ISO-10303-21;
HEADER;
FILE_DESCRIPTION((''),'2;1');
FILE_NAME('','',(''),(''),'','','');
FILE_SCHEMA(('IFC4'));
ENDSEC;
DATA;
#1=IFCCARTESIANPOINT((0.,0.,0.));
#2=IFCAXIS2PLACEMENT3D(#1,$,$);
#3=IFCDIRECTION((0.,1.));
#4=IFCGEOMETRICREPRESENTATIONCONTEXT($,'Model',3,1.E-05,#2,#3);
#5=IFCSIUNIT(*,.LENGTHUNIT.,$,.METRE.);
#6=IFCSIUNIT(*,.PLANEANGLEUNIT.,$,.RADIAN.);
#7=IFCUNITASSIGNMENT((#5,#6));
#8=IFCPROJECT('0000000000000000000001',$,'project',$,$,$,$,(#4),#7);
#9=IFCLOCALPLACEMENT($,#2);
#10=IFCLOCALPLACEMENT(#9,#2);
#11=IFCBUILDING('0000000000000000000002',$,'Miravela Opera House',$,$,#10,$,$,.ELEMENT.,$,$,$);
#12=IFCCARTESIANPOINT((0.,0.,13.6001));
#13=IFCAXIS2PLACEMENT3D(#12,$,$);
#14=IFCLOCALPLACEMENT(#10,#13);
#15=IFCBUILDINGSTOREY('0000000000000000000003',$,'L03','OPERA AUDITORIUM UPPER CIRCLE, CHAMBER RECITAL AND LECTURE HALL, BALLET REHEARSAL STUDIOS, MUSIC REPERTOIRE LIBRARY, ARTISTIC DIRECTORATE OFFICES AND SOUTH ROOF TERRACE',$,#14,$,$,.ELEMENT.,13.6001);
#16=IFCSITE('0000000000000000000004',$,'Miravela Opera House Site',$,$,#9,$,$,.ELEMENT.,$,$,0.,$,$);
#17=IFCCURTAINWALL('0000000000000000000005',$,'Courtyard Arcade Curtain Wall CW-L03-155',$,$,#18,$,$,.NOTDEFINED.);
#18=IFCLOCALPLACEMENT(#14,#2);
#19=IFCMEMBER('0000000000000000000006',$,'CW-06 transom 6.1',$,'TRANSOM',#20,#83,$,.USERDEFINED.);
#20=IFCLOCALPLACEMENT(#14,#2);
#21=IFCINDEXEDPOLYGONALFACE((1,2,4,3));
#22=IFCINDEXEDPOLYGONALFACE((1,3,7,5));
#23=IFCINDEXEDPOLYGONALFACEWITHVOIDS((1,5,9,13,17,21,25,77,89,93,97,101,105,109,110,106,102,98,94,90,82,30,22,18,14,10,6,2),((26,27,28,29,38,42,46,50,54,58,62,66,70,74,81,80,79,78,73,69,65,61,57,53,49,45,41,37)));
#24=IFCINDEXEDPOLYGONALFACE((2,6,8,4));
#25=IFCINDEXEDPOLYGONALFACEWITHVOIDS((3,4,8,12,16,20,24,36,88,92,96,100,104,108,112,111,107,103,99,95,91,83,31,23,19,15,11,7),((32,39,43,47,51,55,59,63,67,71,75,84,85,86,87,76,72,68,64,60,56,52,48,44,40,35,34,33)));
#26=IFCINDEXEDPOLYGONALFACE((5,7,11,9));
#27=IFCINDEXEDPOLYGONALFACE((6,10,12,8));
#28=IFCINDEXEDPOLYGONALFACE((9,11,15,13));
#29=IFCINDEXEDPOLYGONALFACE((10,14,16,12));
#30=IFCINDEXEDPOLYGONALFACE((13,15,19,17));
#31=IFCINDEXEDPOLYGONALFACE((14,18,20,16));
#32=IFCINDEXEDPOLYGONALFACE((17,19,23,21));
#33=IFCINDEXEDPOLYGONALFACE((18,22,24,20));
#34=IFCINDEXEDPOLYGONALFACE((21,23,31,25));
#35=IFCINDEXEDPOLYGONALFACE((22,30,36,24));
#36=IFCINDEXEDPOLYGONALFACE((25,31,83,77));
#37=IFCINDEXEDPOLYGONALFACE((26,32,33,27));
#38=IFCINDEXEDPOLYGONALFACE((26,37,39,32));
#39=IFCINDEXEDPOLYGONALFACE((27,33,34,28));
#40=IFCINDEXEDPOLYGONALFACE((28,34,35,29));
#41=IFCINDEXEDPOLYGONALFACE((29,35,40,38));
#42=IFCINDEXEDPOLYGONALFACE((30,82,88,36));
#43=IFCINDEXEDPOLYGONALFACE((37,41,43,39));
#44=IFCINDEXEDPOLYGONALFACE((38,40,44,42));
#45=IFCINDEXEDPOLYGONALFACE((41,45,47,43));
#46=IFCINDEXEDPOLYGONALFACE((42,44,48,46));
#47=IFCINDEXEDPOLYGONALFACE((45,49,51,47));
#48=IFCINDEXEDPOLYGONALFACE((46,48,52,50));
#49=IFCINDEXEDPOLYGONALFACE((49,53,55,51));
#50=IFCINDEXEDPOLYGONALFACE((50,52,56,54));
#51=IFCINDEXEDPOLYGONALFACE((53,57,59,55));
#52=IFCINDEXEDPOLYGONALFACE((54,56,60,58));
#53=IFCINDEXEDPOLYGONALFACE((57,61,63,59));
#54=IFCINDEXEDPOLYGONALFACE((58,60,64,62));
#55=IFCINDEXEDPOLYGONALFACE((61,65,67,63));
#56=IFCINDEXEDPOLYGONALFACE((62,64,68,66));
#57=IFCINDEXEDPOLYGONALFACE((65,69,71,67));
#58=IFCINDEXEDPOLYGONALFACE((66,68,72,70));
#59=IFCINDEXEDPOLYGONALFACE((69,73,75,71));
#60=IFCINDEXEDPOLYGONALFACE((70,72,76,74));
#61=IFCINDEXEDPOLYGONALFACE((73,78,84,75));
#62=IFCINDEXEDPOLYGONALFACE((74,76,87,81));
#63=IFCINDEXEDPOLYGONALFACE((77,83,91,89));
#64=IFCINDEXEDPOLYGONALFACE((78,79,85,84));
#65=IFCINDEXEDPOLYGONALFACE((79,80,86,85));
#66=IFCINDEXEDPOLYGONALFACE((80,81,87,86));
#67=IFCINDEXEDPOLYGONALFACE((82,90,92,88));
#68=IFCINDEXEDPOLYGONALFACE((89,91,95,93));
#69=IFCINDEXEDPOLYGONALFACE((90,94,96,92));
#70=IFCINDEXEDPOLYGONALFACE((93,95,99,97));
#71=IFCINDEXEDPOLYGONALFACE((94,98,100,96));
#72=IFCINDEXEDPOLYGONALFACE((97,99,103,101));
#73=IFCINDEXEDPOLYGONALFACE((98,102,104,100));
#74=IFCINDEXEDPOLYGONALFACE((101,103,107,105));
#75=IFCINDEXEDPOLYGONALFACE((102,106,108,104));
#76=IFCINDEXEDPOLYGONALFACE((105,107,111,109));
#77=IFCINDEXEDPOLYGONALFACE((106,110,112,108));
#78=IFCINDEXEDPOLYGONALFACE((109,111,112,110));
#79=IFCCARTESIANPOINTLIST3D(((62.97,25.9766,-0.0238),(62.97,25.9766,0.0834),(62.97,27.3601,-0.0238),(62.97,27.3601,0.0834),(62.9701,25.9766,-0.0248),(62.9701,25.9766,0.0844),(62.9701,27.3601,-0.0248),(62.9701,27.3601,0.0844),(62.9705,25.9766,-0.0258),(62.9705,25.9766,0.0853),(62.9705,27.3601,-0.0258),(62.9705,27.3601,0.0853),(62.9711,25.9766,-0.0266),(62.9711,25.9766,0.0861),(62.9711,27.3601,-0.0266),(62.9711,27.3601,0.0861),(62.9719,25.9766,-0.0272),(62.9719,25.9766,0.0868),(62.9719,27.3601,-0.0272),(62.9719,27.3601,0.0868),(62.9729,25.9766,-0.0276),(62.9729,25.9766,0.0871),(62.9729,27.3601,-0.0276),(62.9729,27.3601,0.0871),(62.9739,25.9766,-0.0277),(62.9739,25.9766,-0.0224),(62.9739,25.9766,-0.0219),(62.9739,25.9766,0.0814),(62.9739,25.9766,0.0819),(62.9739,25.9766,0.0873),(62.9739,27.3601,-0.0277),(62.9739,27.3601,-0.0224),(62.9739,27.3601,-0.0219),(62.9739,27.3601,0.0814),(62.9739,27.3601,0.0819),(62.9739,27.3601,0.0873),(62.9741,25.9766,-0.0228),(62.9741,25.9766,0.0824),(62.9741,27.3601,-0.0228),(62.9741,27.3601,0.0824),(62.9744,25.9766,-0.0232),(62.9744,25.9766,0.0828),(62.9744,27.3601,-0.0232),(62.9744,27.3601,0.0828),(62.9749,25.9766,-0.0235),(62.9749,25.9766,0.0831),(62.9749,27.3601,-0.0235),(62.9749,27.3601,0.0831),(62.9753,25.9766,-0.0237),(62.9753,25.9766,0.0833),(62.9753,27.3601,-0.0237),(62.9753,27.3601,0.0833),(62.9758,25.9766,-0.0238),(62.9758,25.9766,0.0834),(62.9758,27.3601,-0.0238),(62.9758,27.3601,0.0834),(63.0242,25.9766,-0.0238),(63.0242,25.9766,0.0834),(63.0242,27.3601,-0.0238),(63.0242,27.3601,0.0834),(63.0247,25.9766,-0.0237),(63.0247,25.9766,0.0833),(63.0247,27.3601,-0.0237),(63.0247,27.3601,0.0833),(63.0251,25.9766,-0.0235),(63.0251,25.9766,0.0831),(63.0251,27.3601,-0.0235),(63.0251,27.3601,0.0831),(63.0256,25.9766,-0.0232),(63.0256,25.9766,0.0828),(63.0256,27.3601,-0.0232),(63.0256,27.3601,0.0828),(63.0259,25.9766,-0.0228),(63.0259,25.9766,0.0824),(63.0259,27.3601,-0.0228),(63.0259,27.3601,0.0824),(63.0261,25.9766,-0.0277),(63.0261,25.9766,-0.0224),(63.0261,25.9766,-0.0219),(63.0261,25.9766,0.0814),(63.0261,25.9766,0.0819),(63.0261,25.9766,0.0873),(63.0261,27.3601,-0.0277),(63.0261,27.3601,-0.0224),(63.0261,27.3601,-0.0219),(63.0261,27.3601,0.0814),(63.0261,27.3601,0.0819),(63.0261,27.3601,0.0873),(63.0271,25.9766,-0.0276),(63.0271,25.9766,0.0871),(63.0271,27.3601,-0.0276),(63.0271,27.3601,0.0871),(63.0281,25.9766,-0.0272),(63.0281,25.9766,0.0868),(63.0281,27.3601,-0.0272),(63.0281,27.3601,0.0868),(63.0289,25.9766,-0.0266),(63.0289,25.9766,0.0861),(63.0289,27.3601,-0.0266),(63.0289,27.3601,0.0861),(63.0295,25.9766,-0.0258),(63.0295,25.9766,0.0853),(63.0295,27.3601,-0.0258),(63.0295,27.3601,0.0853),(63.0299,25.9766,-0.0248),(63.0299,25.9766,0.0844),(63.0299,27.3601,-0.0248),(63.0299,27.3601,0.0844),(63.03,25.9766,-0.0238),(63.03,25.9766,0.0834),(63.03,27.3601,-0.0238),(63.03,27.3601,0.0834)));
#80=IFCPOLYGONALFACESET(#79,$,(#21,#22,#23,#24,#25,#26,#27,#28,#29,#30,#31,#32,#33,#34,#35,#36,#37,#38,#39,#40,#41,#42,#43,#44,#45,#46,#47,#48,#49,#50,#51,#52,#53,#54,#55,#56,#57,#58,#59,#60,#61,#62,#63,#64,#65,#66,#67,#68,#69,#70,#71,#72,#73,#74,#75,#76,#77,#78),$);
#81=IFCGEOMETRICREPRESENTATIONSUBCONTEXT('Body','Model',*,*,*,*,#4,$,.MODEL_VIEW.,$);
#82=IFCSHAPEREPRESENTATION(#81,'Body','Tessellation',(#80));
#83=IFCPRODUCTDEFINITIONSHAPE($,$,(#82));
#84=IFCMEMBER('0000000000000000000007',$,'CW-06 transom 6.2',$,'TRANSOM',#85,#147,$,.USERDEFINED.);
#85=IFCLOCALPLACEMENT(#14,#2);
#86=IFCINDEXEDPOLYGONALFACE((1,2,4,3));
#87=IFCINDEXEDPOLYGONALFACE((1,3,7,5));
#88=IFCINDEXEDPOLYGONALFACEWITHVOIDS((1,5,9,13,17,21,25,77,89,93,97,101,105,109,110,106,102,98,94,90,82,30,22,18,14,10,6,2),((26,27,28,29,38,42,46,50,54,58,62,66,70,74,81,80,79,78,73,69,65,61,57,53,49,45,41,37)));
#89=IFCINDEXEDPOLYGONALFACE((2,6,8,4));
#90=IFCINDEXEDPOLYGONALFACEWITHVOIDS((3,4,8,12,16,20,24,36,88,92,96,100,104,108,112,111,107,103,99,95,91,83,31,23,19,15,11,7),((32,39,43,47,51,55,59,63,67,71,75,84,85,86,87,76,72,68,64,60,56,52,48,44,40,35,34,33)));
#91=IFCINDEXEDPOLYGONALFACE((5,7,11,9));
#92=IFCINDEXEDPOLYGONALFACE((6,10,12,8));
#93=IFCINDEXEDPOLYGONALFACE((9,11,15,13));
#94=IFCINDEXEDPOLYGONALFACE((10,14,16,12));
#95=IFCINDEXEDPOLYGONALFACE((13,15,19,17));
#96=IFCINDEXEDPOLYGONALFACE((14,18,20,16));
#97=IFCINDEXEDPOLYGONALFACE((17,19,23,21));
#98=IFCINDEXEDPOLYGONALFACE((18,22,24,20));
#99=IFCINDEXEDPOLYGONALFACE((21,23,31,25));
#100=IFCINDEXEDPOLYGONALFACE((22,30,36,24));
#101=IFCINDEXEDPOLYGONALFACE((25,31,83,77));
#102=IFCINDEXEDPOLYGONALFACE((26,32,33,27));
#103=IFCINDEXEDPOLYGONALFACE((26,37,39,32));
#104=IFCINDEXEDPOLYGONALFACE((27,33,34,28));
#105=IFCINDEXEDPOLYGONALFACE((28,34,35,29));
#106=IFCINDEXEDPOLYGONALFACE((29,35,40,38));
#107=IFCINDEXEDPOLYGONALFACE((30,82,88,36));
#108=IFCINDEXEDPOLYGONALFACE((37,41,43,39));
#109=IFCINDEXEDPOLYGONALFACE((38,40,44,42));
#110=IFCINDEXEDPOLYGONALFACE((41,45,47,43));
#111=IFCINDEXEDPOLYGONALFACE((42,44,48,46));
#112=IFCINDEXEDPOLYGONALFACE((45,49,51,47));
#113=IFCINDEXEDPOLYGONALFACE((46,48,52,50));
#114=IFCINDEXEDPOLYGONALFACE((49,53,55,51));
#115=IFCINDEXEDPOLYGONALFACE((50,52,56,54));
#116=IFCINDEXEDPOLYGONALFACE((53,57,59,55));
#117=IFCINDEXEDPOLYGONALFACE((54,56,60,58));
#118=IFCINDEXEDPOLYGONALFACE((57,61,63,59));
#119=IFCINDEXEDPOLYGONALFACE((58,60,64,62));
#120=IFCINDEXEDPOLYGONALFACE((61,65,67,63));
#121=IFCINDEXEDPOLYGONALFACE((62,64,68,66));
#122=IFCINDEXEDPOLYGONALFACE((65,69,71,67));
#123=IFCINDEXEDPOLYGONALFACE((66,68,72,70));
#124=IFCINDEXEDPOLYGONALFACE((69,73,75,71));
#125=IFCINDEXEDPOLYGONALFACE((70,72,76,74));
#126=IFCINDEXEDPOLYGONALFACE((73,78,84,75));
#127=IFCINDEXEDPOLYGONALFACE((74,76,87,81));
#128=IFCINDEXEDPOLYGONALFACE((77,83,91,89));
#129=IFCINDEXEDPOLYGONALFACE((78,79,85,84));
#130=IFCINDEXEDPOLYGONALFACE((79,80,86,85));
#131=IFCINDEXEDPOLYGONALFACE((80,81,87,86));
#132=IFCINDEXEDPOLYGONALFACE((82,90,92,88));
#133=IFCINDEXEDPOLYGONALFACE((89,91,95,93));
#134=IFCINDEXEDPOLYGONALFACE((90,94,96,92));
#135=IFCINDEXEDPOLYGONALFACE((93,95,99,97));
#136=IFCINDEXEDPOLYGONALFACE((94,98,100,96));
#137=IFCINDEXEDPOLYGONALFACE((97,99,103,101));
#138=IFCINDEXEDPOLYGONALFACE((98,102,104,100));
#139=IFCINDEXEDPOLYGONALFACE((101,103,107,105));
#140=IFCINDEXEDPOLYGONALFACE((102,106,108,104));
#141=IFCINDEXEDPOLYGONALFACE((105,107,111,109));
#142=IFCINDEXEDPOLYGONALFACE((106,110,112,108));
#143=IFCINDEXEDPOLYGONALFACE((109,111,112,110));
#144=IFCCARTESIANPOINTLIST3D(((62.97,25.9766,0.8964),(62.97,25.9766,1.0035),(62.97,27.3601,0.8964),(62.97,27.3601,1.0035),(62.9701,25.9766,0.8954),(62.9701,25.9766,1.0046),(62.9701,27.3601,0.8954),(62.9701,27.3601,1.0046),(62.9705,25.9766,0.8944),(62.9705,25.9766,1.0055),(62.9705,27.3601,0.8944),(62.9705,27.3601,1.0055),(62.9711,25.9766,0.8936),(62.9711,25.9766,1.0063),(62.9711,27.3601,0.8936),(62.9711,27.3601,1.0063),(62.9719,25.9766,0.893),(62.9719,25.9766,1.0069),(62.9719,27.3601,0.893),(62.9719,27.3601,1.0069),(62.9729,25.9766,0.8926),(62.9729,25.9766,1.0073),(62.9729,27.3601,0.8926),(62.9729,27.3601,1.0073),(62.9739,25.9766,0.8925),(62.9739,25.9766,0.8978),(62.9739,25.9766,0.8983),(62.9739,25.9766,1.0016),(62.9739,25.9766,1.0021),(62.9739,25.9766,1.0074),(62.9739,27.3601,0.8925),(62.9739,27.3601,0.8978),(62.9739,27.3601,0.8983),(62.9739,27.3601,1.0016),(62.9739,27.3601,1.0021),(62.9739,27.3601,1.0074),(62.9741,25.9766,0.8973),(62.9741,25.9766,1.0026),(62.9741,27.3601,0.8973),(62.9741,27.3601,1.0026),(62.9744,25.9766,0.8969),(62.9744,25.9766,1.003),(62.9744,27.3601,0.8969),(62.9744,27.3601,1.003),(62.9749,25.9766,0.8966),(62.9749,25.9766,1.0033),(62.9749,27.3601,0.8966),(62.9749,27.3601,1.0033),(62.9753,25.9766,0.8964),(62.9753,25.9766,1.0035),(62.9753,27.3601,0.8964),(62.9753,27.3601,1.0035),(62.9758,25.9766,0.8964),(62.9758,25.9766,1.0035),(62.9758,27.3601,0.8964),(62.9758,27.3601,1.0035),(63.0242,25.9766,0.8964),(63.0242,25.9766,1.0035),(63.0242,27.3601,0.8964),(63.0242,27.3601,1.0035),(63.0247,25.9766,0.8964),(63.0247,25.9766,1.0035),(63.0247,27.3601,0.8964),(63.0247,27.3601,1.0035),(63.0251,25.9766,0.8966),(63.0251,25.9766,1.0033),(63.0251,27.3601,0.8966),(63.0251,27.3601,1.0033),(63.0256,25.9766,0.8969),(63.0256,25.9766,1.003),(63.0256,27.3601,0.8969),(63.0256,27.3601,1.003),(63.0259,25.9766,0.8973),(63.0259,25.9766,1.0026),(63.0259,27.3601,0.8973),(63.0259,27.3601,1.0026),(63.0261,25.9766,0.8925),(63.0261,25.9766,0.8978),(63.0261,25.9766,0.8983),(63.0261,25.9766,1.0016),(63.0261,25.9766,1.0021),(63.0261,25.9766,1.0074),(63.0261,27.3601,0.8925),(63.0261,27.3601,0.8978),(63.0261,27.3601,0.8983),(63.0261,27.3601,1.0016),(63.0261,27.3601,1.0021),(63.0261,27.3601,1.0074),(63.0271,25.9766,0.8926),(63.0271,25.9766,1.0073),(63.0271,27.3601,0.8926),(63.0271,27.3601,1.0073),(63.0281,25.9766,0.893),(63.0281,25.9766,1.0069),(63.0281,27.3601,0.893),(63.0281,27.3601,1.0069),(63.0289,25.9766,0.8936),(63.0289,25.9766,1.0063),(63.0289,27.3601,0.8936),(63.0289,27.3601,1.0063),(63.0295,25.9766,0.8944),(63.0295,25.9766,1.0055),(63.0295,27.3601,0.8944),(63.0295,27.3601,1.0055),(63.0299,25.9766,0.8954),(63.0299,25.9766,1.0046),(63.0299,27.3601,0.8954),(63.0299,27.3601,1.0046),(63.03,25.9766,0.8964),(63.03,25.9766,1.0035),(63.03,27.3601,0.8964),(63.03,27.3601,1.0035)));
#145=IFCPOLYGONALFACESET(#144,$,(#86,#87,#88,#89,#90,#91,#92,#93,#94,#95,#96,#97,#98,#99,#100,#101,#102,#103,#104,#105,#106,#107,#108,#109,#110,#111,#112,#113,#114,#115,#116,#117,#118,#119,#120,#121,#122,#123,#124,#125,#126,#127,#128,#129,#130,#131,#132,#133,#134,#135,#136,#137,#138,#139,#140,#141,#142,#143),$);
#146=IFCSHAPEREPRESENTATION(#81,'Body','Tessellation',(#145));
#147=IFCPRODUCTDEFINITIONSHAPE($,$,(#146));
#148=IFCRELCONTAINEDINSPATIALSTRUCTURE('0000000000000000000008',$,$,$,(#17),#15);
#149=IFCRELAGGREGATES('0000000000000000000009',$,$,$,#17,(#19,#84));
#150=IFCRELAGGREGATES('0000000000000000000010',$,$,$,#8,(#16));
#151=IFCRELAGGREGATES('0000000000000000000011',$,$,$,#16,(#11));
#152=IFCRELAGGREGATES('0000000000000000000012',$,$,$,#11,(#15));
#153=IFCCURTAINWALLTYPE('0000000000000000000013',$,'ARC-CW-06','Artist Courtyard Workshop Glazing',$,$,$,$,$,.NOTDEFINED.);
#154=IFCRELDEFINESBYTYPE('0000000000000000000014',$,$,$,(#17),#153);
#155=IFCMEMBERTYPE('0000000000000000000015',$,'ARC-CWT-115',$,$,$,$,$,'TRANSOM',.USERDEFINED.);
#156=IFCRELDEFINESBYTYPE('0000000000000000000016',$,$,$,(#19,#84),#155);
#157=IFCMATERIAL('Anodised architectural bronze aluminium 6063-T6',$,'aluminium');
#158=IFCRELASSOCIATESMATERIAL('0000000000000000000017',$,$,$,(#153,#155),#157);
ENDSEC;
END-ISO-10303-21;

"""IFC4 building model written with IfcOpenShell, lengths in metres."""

from ifc_helpers import new_model, si_unit, direction, frame, origin, origin_2d, place, context, subcontext, project, spatial, hollow_rectangle, extrude, material, material_profile, profile_set, type_object, element, aggregate, save


model = new_model("IFC4")

# Units and contexts
model_context = context("Model", 3, precision=1e-05, world=origin(), true_north=direction((0.0, 1.0)))
body_context = subcontext(model_context, "Body", "Model", "MODEL_VIEW")
ifc_project = project(units=[si_unit("LENGTHUNIT", "METRE"), si_unit("PLANEANGLEUNIT", "RADIAN")], contexts=[model_context])

# Site, building, storey
site_placement = place(None, origin())
site = spatial("IfcSite", under=ifc_project, at=site_placement, Name="Miravela Opera House Site", CompositionType="ELEMENT", RefElevation=0.0)
building_placement = place(site_placement, origin())
building = spatial("IfcBuilding", under=site, at=building_placement, Name="Miravela Opera House", CompositionType="ELEMENT")
storey_placement = place(building_placement, frame((0.0, 0.0, 13.6001)))
storey = spatial("IfcBuildingStorey", under=building, at=storey_placement, Name="L03", Description="OPERA AUDITORIUM UPPER CIRCLE, CHAMBER RECITAL AND LECTURE HALL, BALLET REHEARSAL STUDIOS, MUSIC REPERTOIRE LIBRARY, ARTISTIC DIRECTORATE OFFICES AND SOUTH ROOF TERRACE", CompositionType="ELEMENT", Elevation=13.6001)

# Curtain wall, members
ifc_material_1 = material(Name="Anodised architectural bronze aluminium 6063-T6", Category="aluminium")
curtain_wall_type = type_object("IfcCurtainWallType", Name="ARC-CW-06", Description="Artist Courtyard Workshop Glazing", PredefinedType="NOTDEFINED", material=ifc_material_1)
curtain_wall_placement = place(storey_placement, origin())
curtain_wall = element("IfcCurtainWall", 1, at=curtain_wall_placement, inside=storey, type_object=curtain_wall_type, Name="Courtyard Arcade Curtain Wall CW-L03-155", PredefinedType="NOTDEFINED")
ifc_material_profile_1 = material_profile(ifc_material_1, hollow_rectangle(XDim=0.0601, YDim=0.115, WallThickness=0.0039, InnerFilletRadius=0.002, OuterFilletRadius=0.0039, at=origin_2d()), Name="CWT-60X115")
ifc_profile_set_1 = profile_set([ifc_material_profile_1])
member_type_1 = type_object("IfcMemberType", Name="ARC-CWT-115", ElementType="TRANSOM", PredefinedType="USERDEFINED", material=ifc_profile_set_1)
member_1_placement = place(storey_placement, frame((63.0, 25.9766, 0.0298), z_axis=(0.0, 1.0, 0.0), x_axis=(-1.0, 0.0, 0.0)))
member_1 = element("IfcMember", 2, at=member_1_placement, type_object=member_type_1, Name="CW-06 transom 6.1", ObjectType="TRANSOM", PredefinedType="USERDEFINED", context=body_context, shape_type="SweptSolid", body=[
    extrude(hollow_rectangle(XDim=0.0601, YDim=0.115, WallThickness=0.0039, InnerFilletRadius=0.002, OuterFilletRadius=0.0039, at=origin_2d()), origin(), (0.0, 0.0, 1.0), 1.3835),
])
member_2_placement = place(storey_placement, frame((63.0, 25.9766, 0.95), z_axis=(0.0, 1.0, 0.0), x_axis=(-1.0, 0.0, 0.0)))
member_2 = element("IfcMember", 3, at=member_2_placement, type_object=member_type_1, Name="CW-06 transom 6.2", ObjectType="TRANSOM", PredefinedType="USERDEFINED", context=body_context, shape_type="SweptSolid", body=[
    extrude(hollow_rectangle(XDim=0.0601, YDim=0.115, WallThickness=0.0039, InnerFilletRadius=0.002, OuterFilletRadius=0.0039, at=origin_2d()), origin(), (0.0, 0.0, 1.0), 1.3835),
])
aggregate(curtain_wall, [member_1, member_2])

save(model, "model.ifc")
